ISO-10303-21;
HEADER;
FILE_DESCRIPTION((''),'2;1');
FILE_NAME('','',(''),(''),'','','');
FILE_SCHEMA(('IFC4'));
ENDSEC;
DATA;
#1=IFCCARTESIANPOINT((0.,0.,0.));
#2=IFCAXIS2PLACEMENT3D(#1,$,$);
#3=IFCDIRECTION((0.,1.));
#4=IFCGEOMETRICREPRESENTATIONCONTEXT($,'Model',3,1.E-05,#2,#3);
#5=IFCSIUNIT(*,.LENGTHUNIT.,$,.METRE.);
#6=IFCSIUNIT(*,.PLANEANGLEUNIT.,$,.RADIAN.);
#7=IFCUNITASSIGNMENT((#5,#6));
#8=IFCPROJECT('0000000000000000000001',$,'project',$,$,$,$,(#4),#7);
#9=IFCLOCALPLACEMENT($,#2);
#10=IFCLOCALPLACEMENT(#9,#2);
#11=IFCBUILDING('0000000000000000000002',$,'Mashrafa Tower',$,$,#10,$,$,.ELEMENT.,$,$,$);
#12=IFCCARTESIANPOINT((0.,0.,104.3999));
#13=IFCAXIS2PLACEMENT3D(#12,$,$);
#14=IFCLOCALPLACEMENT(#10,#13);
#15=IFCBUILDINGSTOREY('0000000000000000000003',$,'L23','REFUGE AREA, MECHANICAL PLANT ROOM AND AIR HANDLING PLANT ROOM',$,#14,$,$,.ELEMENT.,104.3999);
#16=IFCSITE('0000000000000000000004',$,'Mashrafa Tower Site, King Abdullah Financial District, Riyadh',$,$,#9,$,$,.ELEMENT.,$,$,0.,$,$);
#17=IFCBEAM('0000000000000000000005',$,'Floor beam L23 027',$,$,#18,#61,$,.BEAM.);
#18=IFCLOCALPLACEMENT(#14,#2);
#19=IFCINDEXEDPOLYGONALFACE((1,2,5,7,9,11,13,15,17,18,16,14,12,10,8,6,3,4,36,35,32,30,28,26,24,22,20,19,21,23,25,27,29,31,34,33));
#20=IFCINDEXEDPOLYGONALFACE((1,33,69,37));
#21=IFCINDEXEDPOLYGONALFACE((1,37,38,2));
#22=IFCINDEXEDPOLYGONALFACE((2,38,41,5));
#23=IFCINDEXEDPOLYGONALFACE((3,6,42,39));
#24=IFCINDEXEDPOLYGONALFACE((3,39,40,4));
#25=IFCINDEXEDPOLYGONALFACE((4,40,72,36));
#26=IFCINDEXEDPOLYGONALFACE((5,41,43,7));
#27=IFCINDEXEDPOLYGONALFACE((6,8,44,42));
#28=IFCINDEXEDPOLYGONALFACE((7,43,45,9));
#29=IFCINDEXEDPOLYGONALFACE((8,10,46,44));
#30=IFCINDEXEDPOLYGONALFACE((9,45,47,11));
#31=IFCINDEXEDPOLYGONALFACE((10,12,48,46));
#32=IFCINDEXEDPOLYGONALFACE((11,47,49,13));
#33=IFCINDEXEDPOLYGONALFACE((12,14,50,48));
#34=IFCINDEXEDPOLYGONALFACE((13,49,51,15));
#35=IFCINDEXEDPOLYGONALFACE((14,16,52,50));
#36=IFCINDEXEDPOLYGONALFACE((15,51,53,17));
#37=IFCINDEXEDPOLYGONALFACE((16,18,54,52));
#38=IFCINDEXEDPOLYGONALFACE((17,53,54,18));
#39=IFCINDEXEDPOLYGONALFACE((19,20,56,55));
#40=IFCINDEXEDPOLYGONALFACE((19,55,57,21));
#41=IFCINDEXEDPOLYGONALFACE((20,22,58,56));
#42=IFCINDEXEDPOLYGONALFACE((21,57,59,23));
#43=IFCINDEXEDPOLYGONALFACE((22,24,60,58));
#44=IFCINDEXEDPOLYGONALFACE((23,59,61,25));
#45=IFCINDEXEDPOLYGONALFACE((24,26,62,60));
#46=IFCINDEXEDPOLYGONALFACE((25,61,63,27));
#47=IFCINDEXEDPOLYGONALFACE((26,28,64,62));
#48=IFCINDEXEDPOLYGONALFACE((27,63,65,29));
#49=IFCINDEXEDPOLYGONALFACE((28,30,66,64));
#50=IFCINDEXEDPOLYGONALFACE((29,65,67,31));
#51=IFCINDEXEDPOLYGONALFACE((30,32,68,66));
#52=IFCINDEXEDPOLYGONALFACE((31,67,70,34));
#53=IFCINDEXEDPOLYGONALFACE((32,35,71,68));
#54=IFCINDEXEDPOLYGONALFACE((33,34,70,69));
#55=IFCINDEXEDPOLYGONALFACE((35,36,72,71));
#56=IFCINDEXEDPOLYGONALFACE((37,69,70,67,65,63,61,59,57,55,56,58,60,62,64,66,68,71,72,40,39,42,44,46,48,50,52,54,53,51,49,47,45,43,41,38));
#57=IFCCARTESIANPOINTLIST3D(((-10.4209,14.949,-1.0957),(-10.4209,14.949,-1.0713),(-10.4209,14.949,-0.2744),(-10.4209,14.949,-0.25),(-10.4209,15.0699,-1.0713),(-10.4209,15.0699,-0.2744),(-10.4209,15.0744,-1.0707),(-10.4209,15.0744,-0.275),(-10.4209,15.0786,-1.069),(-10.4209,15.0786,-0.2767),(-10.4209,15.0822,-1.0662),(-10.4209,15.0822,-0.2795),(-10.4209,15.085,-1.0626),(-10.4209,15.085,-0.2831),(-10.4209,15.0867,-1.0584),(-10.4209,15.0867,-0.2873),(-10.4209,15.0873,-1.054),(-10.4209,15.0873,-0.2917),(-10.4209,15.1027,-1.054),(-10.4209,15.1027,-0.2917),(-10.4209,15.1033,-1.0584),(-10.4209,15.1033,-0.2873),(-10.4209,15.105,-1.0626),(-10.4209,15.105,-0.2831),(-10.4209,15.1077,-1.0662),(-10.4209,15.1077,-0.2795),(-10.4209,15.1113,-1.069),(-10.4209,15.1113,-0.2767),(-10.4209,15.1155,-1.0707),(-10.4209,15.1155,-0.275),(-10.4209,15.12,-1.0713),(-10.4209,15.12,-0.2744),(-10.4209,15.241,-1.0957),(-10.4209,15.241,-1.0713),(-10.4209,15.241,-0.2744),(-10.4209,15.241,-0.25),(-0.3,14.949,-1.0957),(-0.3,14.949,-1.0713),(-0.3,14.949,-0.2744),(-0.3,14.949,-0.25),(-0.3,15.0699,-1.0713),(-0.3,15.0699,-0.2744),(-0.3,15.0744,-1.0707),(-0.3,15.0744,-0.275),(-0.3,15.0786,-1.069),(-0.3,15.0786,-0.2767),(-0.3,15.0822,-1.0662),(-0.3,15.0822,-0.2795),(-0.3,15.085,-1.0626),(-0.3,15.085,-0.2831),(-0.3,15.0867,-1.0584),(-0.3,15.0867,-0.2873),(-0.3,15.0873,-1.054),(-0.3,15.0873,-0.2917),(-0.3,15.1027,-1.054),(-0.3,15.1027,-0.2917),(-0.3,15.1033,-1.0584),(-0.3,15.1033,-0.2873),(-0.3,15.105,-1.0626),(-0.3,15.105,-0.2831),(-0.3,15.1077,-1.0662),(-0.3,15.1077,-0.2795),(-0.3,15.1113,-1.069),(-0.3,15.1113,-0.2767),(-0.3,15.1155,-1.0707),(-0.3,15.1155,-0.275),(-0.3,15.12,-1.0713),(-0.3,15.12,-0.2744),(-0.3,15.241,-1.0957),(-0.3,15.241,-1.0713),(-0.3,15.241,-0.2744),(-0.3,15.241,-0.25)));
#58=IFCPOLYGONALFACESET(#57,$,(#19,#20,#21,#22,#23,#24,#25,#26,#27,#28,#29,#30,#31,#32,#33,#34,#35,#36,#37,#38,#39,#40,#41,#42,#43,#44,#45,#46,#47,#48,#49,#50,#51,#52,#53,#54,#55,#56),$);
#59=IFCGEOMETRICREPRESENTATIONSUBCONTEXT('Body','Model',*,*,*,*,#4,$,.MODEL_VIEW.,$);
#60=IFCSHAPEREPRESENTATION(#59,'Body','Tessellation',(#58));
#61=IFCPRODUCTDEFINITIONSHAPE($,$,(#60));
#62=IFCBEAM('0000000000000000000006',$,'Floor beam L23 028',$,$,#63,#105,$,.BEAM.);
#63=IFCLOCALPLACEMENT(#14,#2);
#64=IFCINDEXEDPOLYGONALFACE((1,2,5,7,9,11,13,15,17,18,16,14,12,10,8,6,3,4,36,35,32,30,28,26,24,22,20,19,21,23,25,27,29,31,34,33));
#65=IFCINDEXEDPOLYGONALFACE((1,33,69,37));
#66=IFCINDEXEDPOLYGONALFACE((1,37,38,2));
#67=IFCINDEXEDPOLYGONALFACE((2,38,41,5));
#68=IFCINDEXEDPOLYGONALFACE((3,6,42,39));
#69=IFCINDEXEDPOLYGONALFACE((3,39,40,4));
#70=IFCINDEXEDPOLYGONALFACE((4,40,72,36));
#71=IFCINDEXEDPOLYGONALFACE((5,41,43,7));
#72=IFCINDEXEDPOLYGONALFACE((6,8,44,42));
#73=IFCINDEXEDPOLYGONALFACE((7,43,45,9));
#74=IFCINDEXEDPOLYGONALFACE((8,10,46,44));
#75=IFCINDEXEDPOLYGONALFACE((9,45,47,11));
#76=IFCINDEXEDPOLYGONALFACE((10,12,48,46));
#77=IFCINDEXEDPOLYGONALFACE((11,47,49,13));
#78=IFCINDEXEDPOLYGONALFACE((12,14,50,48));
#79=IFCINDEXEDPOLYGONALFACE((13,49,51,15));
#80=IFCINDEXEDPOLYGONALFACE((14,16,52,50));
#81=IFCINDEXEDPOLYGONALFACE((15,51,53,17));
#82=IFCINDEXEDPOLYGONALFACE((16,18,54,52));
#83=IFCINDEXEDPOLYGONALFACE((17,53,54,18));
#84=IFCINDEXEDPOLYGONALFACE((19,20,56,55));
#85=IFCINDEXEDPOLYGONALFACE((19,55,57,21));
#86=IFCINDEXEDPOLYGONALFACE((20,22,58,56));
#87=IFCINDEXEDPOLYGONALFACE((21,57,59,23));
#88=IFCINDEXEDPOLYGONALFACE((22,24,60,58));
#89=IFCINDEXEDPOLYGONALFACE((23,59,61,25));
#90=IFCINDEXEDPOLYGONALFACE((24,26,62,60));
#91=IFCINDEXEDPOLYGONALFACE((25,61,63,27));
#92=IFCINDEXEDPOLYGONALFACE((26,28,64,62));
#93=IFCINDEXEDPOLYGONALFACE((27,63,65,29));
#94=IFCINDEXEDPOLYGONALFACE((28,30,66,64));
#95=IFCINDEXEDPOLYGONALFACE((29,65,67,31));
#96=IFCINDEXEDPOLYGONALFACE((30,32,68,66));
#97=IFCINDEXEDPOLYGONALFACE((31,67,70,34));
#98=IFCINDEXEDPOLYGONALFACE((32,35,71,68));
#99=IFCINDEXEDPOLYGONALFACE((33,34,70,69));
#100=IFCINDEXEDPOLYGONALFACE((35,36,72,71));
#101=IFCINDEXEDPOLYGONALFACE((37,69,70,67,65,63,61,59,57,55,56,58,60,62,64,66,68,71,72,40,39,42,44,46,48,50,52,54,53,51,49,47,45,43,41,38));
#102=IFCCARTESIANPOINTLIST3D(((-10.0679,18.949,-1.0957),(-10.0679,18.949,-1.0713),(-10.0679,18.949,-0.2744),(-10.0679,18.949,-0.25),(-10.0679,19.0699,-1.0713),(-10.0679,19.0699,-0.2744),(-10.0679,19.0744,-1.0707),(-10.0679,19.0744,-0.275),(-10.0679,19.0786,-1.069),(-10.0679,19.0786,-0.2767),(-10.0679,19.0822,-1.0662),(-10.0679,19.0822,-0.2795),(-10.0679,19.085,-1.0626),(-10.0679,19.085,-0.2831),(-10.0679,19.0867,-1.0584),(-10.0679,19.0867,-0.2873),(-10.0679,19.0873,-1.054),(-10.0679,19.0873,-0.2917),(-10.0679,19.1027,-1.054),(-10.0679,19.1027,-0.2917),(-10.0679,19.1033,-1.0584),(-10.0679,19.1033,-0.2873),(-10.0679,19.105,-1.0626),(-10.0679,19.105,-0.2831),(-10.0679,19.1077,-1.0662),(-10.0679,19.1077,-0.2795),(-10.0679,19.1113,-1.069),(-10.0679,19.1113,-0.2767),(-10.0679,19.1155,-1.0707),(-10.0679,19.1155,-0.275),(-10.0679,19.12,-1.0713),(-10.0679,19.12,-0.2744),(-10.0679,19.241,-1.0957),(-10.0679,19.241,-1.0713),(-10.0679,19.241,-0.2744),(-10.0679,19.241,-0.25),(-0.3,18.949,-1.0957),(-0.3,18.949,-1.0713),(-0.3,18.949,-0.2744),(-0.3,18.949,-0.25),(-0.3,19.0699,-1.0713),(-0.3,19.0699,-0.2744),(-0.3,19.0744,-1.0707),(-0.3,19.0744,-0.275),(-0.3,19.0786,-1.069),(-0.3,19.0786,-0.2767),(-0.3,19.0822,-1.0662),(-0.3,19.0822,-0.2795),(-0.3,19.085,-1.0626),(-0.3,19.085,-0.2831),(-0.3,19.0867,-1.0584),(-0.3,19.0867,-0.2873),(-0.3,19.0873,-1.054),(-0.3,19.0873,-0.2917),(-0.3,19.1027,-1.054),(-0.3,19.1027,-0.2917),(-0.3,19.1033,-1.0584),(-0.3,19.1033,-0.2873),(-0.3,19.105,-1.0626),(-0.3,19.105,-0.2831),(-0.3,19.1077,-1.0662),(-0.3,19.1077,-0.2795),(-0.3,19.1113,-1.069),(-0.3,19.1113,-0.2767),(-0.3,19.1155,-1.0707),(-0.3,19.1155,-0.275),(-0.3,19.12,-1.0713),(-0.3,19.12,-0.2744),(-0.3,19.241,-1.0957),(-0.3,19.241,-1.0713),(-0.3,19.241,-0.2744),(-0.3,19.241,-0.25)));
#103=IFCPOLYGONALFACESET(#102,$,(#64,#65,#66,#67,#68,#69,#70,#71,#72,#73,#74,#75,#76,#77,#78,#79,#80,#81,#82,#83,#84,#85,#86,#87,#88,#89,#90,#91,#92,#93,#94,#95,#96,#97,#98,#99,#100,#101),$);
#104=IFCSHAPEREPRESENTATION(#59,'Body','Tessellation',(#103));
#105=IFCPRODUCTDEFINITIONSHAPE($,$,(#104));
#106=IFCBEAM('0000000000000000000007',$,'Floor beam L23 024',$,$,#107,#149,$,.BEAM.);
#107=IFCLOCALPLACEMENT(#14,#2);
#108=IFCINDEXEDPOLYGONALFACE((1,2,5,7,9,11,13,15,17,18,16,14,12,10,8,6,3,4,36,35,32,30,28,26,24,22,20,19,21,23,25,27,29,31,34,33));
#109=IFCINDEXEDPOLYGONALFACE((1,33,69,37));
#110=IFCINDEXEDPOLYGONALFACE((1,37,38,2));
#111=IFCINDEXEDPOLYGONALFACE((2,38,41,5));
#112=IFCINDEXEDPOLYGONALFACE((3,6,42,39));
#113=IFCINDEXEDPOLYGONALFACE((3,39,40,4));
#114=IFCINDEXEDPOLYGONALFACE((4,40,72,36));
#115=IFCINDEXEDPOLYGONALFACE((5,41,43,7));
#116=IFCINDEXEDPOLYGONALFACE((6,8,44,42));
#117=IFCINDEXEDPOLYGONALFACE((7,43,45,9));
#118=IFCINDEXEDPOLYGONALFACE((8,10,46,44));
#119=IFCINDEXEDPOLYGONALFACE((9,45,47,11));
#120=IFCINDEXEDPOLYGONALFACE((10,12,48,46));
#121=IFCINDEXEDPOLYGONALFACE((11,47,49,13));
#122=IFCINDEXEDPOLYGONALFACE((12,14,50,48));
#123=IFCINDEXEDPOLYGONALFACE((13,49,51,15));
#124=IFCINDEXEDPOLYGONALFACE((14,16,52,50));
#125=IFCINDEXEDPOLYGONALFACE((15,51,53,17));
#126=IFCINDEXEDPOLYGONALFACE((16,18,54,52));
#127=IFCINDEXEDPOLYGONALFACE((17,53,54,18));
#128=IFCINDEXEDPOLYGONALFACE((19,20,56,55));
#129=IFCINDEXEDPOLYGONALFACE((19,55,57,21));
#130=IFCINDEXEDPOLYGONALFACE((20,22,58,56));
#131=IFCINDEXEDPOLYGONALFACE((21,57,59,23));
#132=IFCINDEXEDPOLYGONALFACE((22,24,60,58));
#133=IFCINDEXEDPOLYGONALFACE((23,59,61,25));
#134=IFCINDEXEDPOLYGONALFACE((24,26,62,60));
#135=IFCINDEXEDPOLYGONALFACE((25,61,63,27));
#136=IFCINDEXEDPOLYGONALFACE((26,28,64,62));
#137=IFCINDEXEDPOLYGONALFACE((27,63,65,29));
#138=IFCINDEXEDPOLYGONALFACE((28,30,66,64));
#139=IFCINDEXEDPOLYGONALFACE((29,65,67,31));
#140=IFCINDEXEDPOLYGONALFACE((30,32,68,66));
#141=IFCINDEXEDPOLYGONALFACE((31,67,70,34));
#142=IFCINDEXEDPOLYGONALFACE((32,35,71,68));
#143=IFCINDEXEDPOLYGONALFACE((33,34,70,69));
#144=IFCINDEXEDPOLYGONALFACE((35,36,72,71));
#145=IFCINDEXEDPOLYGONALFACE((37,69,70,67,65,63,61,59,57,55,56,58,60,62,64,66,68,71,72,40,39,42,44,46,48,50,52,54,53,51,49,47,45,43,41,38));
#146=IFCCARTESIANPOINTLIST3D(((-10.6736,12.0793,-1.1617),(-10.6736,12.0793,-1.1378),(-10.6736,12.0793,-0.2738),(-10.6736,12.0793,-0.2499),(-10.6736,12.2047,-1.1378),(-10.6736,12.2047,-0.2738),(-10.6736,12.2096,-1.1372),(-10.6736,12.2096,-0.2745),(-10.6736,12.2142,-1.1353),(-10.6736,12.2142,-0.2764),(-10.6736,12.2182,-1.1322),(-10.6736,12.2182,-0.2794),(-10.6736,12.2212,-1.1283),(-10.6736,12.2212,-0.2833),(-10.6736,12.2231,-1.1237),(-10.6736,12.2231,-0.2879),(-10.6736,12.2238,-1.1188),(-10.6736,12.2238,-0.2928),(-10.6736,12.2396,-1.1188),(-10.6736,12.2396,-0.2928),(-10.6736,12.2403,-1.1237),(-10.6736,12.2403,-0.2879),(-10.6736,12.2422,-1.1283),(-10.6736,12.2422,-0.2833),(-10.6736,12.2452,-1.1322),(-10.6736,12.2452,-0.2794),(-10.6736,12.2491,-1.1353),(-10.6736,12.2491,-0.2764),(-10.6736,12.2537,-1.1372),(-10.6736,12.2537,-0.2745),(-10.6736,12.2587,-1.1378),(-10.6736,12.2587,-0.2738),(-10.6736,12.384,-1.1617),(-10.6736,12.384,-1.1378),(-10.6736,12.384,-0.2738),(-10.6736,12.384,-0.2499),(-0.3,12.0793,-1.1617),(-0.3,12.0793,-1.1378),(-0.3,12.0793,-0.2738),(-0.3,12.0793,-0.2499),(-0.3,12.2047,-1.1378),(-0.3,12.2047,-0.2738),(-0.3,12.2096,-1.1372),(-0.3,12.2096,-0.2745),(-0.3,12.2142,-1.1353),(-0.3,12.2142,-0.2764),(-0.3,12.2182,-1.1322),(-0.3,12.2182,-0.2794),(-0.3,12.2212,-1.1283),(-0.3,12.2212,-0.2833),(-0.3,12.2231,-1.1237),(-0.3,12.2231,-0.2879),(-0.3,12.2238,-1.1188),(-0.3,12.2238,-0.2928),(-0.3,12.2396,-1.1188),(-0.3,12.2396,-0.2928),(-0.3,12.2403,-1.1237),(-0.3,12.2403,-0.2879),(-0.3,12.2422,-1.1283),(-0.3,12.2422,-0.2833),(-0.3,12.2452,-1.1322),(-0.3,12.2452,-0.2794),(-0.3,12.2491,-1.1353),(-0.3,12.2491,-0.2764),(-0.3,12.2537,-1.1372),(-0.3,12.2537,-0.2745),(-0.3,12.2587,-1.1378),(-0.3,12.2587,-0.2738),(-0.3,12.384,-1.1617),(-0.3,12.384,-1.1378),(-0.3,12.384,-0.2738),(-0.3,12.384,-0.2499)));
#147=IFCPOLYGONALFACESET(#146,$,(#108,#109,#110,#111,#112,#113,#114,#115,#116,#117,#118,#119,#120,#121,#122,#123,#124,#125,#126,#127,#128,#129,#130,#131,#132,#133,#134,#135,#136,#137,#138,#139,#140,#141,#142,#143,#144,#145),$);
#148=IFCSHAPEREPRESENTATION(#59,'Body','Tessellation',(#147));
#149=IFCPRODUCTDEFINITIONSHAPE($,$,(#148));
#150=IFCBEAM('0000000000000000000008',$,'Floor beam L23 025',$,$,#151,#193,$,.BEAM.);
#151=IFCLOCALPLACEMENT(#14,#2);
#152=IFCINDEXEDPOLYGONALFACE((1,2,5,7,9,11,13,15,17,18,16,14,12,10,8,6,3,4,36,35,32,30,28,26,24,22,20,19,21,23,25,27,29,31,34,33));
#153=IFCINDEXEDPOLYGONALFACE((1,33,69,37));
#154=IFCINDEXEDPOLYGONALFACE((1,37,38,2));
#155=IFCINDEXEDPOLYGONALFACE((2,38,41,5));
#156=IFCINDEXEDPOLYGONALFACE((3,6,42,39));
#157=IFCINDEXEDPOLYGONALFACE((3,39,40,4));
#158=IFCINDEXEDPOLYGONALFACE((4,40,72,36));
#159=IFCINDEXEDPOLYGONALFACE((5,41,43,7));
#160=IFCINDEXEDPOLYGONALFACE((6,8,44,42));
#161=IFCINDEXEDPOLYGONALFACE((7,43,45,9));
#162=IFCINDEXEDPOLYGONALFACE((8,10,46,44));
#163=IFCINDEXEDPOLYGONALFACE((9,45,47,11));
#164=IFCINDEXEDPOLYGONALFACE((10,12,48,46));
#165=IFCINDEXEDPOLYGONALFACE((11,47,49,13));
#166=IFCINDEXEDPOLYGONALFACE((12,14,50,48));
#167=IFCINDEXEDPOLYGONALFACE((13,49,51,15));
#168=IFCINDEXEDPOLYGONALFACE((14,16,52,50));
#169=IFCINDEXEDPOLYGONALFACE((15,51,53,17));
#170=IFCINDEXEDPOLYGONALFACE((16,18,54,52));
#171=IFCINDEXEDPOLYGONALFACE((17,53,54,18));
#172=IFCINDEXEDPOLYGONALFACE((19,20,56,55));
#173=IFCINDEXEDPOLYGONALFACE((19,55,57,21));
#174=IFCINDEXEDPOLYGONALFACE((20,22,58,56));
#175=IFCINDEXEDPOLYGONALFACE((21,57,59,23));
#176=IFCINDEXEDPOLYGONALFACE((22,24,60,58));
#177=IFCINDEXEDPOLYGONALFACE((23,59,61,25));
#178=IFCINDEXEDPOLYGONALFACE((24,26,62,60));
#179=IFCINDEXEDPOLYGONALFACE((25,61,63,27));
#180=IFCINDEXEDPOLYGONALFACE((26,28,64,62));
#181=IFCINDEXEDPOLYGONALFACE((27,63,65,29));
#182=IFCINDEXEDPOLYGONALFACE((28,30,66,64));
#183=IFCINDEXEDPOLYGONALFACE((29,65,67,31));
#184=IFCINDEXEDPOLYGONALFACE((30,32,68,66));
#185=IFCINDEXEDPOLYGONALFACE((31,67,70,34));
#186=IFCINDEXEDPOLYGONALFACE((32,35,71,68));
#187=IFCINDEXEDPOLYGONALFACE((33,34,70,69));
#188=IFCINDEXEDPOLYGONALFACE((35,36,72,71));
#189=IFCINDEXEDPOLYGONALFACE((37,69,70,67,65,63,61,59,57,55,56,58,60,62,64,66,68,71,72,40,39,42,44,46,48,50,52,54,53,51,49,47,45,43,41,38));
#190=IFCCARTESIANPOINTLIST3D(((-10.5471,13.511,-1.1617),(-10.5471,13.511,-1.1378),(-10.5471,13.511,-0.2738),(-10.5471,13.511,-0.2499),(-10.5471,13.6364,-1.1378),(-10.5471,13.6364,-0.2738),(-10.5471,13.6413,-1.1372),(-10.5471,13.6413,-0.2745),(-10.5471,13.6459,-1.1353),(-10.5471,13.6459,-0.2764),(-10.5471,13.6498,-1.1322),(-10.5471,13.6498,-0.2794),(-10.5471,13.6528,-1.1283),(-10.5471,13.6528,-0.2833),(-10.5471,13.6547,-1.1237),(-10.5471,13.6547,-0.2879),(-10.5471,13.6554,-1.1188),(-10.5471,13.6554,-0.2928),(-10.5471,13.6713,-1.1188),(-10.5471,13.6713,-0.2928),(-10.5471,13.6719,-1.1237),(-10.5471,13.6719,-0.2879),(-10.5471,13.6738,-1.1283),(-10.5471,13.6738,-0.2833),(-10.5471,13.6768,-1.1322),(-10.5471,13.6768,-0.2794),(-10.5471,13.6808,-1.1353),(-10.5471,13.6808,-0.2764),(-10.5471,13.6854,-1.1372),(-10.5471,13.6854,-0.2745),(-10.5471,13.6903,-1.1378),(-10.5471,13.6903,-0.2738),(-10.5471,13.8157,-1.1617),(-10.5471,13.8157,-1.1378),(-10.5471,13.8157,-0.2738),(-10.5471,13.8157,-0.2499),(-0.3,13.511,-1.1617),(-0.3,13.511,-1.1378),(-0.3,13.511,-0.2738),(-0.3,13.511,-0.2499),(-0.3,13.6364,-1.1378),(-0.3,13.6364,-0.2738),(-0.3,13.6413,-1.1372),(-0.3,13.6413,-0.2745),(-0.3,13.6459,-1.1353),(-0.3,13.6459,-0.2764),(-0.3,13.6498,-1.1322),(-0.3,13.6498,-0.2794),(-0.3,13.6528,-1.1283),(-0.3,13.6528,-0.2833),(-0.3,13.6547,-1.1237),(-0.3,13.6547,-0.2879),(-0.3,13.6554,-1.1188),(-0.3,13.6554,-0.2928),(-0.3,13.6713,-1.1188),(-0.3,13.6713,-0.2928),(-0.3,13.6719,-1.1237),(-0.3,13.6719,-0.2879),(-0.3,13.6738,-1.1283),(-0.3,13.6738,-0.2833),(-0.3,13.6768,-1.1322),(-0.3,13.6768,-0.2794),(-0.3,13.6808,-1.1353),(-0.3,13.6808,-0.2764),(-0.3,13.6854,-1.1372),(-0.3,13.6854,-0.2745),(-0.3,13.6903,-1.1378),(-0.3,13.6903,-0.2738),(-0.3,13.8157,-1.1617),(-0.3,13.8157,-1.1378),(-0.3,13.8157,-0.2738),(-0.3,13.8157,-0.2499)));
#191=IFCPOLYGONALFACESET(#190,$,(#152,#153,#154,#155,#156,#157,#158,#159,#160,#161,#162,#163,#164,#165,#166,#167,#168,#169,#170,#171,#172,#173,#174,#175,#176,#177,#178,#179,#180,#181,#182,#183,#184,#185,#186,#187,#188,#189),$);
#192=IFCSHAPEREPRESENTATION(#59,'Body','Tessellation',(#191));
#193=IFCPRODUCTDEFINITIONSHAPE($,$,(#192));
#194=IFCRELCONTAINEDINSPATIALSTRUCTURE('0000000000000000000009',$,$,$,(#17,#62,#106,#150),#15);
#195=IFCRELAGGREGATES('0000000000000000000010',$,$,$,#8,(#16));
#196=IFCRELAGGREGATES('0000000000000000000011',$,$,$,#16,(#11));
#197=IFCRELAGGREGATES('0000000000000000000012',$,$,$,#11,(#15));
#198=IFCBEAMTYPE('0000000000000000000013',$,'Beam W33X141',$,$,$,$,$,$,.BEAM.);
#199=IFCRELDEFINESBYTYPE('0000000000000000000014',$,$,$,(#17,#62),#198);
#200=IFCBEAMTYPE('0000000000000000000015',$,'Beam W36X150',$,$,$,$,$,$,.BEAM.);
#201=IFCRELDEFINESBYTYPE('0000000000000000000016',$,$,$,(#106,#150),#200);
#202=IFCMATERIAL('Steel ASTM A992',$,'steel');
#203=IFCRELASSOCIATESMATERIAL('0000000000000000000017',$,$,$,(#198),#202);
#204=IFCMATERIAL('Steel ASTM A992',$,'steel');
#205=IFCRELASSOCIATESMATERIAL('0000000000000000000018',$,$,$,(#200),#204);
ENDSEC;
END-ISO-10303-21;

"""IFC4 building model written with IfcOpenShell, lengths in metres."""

from ifc_helpers import new_model, si_unit, direction, frame, origin, origin_2d, place, context, subcontext, project, spatial, i_section, extrude, material, material_profile, profile_set, type_object, element, save


model = new_model("IFC4")

# Units and contexts
model_context = context("Model", 3, precision=1e-05, world=origin(), true_north=direction((0.0, 1.0)))
body_context = subcontext(model_context, "Body", "Model", "MODEL_VIEW")
ifc_project = project(units=[si_unit("LENGTHUNIT", "METRE"), si_unit("PLANEANGLEUNIT", "RADIAN")], contexts=[model_context])

# Site, building, storey
site_placement = place(None, origin())
site = spatial("IfcSite", under=ifc_project, at=site_placement, Name="Mashrafa Tower Site, King Abdullah Financial District, Riyadh", CompositionType="ELEMENT", RefElevation=0.0)
building_placement = place(site_placement, origin())
building = spatial("IfcBuilding", under=site, at=building_placement, Name="Mashrafa Tower", CompositionType="ELEMENT")
storey_placement = place(building_placement, frame((0.0, 0.0, 104.3999)))
storey = spatial("IfcBuildingStorey", under=building, at=storey_placement, Name="L23", Description="REFUGE AREA, MECHANICAL PLANT ROOM AND AIR HANDLING PLANT ROOM", CompositionType="ELEMENT", Elevation=104.3999)

# Beams
ifc_material_1 = material(Name="Steel ASTM A992", Category="steel")
ifc_material_profile_1 = material_profile(ifc_material_1, i_section(OverallWidth=0.292, OverallDepth=0.8457, WebThickness=0.0154, FlangeThickness=0.0244, FilletRadius=0.0173, at=origin_2d()), Name="W33X141")
ifc_profile_set_1 = profile_set([ifc_material_profile_1], Name="Steel ASTM A992")
beam_type_1 = type_object("IfcBeamType", Name="Beam W33X141", PredefinedType="BEAM", material=ifc_profile_set_1)
beam_1_placement = place(storey_placement, frame((-10.4209, 15.095, -0.6729), z_axis=(1.0, 0.0, 0.0), x_axis=(0.0, 1.0, 0.0)))
element("IfcBeam", 1, at=beam_1_placement, inside=storey, type_object=beam_type_1, Name="Floor beam L23 027", PredefinedType="BEAM", context=body_context, shape_type="SweptSolid", body=[
    extrude(i_section(OverallWidth=0.292, OverallDepth=0.8457, WebThickness=0.0154, FlangeThickness=0.0244, FilletRadius=0.0173, at=origin_2d()), origin(), (0.0, 0.0, 1.0), 10.1208),
])
beam_2_placement = place(storey_placement, frame((-10.0679, 19.095, -0.6729), z_axis=(1.0, 0.0, 0.0), x_axis=(0.0, 1.0, 0.0)))
element("IfcBeam", 2, at=beam_2_placement, inside=storey, type_object=beam_type_1, Name="Floor beam L23 028", PredefinedType="BEAM", context=body_context, shape_type="SweptSolid", body=[
    extrude(i_section(OverallWidth=0.292, OverallDepth=0.8457, WebThickness=0.0154, FlangeThickness=0.0244, FilletRadius=0.0173, at=origin_2d()), origin(), (0.0, 0.0, 1.0), 9.7678),
])
ifc_material_2 = material(Name="Steel ASTM A992", Category="steel")
ifc_material_profile_2 = material_profile(ifc_material_2, i_section(OverallWidth=0.3047, OverallDepth=0.9119, WebThickness=0.0159, FlangeThickness=0.0239, FilletRadius=0.019, at=origin_2d()), Name="W36X150")
ifc_profile_set_2 = profile_set([ifc_material_profile_2], Name="Steel ASTM A992")
beam_type_2 = type_object("IfcBeamType", Name="Beam W36X150", PredefinedType="BEAM", material=ifc_profile_set_2)
beam_3_placement = place(storey_placement, frame((-10.6736, 12.2317, -0.7058), z_axis=(1.0, 0.0, 0.0), x_axis=(0.0, 1.0, 0.0)))
element("IfcBeam", 3, at=beam_3_placement, inside=storey, type_object=beam_type_2, Name="Floor beam L23 024", PredefinedType="BEAM", context=body_context, shape_type="SweptSolid", body=[
    extrude(i_section(OverallWidth=0.3047, OverallDepth=0.9119, WebThickness=0.0159, FlangeThickness=0.0239, FilletRadius=0.019, at=origin_2d()), origin(), (0.0, 0.0, 1.0), 10.3735),
])
beam_4_placement = place(storey_placement, frame((-10.5471, 13.6633, -0.7058), z_axis=(1.0, 0.0, 0.0), x_axis=(0.0, 1.0, 0.0)))
element("IfcBeam", 4, at=beam_4_placement, inside=storey, type_object=beam_type_2, Name="Floor beam L23 025", PredefinedType="BEAM", context=body_context, shape_type="SweptSolid", body=[
    extrude(i_section(OverallWidth=0.3047, OverallDepth=0.9119, WebThickness=0.0159, FlangeThickness=0.0239, FilletRadius=0.019, at=origin_2d()), origin(), (0.0, 0.0, 1.0), 10.2471),
])

save(model, "model.ifc")
